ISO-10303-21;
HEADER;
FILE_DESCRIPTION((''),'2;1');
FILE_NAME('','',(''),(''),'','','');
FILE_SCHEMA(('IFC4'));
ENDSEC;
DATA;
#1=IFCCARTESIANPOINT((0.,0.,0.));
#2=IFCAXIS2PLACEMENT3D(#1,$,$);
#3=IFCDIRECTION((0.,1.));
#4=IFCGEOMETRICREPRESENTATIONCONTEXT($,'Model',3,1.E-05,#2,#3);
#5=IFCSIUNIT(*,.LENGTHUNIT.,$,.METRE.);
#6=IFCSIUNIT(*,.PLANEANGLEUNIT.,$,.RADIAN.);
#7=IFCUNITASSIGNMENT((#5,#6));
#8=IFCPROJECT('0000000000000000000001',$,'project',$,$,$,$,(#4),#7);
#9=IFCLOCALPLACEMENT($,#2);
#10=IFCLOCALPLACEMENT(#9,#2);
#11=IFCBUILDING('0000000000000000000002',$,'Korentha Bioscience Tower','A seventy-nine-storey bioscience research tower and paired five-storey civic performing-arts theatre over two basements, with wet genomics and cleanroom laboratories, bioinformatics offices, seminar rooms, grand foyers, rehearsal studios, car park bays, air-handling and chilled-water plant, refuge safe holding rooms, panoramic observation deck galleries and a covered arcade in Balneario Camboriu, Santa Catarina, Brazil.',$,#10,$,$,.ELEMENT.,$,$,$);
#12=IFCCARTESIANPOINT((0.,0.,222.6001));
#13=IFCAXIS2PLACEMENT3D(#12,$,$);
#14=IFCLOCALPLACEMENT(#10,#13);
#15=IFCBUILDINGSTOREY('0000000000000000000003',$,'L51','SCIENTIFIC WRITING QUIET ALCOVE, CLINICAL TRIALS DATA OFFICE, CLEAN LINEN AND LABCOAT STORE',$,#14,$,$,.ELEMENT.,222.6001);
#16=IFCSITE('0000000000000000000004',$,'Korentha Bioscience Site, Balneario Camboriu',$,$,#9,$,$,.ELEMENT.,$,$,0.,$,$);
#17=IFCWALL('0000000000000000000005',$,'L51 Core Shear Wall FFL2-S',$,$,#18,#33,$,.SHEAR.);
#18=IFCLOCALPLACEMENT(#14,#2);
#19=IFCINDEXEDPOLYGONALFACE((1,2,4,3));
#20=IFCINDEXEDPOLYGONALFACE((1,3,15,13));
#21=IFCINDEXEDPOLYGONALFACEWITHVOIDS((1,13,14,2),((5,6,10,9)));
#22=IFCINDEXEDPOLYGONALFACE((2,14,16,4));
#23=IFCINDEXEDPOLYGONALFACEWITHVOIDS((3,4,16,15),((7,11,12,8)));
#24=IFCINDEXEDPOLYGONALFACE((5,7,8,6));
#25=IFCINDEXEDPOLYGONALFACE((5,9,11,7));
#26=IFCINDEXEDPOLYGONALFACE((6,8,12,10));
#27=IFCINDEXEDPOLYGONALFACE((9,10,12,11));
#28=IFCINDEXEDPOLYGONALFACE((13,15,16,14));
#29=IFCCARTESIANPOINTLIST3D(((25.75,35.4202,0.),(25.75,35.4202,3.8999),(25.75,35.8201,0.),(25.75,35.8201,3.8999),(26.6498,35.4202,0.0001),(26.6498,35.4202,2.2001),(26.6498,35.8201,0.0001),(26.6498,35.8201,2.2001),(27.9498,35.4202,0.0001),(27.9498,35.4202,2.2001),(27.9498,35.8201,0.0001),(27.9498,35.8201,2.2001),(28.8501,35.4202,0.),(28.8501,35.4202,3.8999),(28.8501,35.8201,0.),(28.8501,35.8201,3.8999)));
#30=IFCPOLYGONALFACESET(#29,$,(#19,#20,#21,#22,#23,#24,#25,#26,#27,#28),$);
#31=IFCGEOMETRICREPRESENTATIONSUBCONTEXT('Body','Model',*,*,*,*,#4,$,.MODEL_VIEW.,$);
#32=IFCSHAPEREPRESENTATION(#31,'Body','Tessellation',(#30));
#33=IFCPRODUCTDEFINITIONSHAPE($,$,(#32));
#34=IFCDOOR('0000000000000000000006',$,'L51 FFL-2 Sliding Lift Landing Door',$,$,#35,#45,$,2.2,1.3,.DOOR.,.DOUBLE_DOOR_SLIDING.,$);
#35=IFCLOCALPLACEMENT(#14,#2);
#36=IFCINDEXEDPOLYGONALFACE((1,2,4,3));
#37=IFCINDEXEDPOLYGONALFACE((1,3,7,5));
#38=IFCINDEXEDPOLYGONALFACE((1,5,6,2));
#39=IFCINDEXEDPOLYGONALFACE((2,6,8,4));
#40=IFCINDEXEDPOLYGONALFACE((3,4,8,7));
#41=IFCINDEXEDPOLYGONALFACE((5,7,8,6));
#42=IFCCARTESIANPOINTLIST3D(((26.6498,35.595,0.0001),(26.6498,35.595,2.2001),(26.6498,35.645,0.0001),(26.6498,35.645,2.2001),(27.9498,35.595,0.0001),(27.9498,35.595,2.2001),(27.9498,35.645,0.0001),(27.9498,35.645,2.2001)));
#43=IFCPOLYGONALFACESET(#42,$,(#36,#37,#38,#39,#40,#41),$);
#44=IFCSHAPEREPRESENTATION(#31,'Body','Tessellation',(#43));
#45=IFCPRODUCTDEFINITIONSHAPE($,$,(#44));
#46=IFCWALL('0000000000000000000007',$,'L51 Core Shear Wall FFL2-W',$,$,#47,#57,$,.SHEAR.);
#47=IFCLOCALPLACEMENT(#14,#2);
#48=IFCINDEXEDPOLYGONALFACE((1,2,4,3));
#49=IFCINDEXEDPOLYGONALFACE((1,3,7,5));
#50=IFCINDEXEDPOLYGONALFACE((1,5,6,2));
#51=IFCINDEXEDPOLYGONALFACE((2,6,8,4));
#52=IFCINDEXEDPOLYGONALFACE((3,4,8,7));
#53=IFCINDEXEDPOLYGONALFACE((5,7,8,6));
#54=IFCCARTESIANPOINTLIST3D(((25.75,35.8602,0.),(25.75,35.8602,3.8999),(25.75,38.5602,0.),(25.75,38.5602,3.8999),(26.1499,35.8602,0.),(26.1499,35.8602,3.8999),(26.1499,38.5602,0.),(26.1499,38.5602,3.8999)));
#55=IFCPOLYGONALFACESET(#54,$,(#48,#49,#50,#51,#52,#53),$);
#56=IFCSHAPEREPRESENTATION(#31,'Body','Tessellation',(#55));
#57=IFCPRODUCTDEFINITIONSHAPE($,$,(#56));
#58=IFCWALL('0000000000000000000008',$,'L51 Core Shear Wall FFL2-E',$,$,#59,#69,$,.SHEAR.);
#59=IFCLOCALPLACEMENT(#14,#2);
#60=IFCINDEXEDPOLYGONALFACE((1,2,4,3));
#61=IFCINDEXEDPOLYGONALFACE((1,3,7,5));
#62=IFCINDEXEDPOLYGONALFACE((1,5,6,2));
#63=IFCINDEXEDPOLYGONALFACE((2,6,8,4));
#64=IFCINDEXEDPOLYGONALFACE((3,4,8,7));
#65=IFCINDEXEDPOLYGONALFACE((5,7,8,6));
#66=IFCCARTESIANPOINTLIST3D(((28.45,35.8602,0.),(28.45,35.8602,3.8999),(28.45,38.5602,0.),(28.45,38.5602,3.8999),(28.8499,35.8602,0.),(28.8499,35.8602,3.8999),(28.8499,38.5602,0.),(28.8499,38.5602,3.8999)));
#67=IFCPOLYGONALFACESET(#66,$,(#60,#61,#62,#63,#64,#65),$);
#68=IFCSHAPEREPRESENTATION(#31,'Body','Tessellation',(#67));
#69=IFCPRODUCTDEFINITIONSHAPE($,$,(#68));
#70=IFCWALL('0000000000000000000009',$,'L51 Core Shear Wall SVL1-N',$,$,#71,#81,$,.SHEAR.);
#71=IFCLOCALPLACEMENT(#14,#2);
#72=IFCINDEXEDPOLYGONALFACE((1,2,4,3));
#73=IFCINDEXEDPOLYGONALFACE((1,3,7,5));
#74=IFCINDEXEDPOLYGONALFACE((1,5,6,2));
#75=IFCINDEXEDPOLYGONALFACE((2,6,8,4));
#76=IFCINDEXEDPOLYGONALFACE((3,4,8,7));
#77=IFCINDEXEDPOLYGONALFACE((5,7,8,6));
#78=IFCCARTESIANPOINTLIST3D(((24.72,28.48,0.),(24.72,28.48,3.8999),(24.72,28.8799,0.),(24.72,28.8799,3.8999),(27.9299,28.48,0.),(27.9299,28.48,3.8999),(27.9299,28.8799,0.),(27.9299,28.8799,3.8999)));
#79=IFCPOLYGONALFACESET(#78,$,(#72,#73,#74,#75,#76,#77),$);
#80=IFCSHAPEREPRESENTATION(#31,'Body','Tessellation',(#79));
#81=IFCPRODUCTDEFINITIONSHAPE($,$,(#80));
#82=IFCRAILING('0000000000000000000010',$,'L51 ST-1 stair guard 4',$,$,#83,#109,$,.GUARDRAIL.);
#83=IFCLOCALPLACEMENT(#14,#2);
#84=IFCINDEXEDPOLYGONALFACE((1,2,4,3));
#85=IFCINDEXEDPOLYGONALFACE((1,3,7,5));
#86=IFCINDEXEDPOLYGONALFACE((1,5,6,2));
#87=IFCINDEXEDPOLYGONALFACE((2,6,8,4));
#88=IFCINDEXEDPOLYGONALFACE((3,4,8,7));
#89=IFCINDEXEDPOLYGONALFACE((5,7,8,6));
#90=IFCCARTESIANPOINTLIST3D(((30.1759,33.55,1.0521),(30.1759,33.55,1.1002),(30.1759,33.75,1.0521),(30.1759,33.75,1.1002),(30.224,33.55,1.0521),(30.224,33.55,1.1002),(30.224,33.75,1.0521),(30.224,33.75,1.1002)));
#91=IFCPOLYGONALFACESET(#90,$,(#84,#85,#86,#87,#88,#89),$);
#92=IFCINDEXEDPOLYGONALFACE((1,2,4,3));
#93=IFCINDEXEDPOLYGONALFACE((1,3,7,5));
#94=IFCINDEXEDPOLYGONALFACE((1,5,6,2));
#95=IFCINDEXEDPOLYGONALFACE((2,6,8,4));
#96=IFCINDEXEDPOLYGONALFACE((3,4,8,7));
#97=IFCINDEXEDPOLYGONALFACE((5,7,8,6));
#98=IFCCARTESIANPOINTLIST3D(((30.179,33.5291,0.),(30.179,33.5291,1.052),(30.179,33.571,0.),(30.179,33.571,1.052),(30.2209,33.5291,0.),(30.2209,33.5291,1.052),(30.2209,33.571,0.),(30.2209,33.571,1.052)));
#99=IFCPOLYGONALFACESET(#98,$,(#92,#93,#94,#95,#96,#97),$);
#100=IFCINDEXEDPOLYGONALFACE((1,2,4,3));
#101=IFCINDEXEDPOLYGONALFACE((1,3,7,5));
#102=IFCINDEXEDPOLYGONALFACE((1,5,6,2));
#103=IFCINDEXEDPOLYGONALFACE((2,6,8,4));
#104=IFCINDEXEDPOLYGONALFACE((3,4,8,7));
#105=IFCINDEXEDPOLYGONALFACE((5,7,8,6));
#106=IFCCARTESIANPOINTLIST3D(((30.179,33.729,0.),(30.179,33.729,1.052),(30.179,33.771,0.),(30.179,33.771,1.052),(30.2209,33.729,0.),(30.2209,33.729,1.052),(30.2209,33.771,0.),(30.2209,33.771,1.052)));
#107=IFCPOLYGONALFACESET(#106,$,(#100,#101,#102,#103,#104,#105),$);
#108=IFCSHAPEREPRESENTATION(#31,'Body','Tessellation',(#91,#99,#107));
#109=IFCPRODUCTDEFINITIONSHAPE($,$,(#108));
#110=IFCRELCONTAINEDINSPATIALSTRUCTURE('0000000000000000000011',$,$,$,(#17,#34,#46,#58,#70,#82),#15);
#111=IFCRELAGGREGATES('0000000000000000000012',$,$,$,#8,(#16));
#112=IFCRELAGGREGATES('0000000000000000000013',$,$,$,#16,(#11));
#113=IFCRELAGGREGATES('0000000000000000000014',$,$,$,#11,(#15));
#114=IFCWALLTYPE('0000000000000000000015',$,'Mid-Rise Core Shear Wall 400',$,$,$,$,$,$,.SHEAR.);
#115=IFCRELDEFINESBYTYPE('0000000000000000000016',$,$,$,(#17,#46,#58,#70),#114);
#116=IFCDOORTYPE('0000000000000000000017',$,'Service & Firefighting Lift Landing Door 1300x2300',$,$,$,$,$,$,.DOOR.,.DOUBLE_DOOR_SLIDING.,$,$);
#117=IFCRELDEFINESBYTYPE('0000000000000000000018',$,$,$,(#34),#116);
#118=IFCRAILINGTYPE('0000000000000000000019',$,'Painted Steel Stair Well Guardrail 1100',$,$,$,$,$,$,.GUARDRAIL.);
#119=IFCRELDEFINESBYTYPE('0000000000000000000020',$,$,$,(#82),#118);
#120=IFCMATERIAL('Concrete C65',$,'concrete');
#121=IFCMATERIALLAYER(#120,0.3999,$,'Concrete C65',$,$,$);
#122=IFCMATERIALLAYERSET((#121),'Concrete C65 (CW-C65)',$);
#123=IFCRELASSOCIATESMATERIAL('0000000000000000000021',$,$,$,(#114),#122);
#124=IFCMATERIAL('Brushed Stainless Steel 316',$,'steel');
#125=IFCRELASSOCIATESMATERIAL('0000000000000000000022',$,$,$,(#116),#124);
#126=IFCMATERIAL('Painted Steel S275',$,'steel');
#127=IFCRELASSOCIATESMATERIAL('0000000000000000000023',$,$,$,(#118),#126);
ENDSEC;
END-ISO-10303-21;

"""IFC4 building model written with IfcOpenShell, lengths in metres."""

from ifc_helpers import new_model, si_unit, direction, frame, frame_2d, origin, origin_2d, place, context, subcontext, project, spatial, rectangle, extrude, material, layer, layer_set, type_object, element, fill, save


model = new_model("IFC4")

# Units and contexts
model_context = context("Model", 3, precision=1e-05, world=origin(), true_north=direction((0.0, 1.0)))
body_context = subcontext(model_context, "Body", "Model", "MODEL_VIEW")
ifc_project = project(units=[si_unit("LENGTHUNIT", "METRE"), si_unit("PLANEANGLEUNIT", "RADIAN")], contexts=[model_context])

# Site, building, storey
site_placement = place(None, origin())
site = spatial("IfcSite", under=ifc_project, at=site_placement, Name="Korentha Bioscience Site, Balneario Camboriu", CompositionType="ELEMENT", RefElevation=0.0)
building_placement = place(site_placement, origin())
building = spatial("IfcBuilding", under=site, at=building_placement, Name="Korentha Bioscience Tower", Description="A seventy-nine-storey bioscience research tower and paired five-storey civic performing-arts theatre over two basements, with wet genomics and cleanroom laboratories, bioinformatics offices, seminar rooms, grand foyers, rehearsal studios, car park bays, air-handling and chilled-water plant, refuge safe holding rooms, panoramic observation deck galleries and a covered arcade in Balneario Camboriu, Santa Catarina, Brazil.", CompositionType="ELEMENT")
storey_placement = place(building_placement, frame((0.0, 0.0, 222.6001)))
storey = spatial("IfcBuildingStorey", under=building, at=storey_placement, Name="L51", Description="SCIENTIFIC WRITING QUIET ALCOVE, CLINICAL TRIALS DATA OFFICE, CLEAN LINEN AND LABCOAT STORE", CompositionType="ELEMENT", Elevation=222.6001)

# Shared definitions
ifc_material_1 = material(Name="Concrete C65", Category="concrete")

# Shared definitions
ifc_layer_1 = layer(ifc_material_1, 0.3999, Name="Concrete C65")
ifc_layer_set_1 = layer_set([ifc_layer_1], Name="Concrete C65 (CW-C65)")
wall_type_1 = type_object("IfcWallType", Name="Mid-Rise Core Shear Wall 400", PredefinedType="SHEAR", material=ifc_layer_set_1)

# Wall, opening, door
wall_1_placement = place(storey_placement, frame((25.75, 35.6201, 0.0), z_axis=(0.0, 0.0, 1.0), x_axis=(1.0, 0.0, 0.0)))
wall_1 = element("IfcWall", 1, at=wall_1_placement, inside=storey, type_object=wall_type_1, Name="L51 Core Shear Wall FFL2-S", PredefinedType="SHEAR", context=body_context, shape_type="SweptSolid", body=[
    extrude(rectangle(XDim=3.1001, YDim=0.3999, at=frame_2d((1.55, 0.0))), origin(), (0.0, 0.0, 1.0), 3.8999),
])
opening_1_placement = place(wall_1_placement, frame((0.8999, 0.0, 0.0)))
opening_1 = element("IfcOpeningElement", 2, at=opening_1_placement, cuts=wall_1, PredefinedType="OPENING", context=body_context, shape_type="SweptSolid", body=[
    extrude(rectangle(XDim=1.3, YDim=2.2, at=frame_2d((0.6499, 1.1001))), frame((0.0, 0.2148, 0.0), z_axis=(0.0, -1.0, 0.0), x_axis=(1.0, 0.0, 0.0)), (0.0, 0.0, 1.0), 0.4297),
])
ifc_material_2 = material(Name="Brushed Stainless Steel 316", Category="steel")
door_type_1 = type_object("IfcDoorType", Name="Service & Firefighting Lift Landing Door 1300x2300", OperationType="DOUBLE_DOOR_SLIDING", PredefinedType="DOOR", material=ifc_material_2)
door_1_placement = place(opening_1_placement, origin())
door_1 = element("IfcDoor", 3, at=door_1_placement, inside=storey, type_object=door_type_1, Name="L51 FFL-2 Sliding Lift Landing Door", OperationType="DOUBLE_DOOR_SLIDING", OverallHeight=2.2, OverallWidth=1.3, PredefinedType="DOOR", context=body_context, shape_type="SweptSolid", body=[
    extrude(rectangle(XDim=1.3, YDim=2.2, at=frame_2d((0.6499, 1.1001))), frame((0.0, 0.0249, 0.0), z_axis=(0.0, -1.0, 0.0), x_axis=(1.0, 0.0, 0.0)), (0.0, 0.0, 1.0), 0.05),
])
fill(opening_1, door_1)

# Walls
for number, where, z_axis, x_axis, name in (
    (4, (25.95, 35.8601, 0.0), (0.0, 0.0, 1.0), (0.0, 1.0, 0.0), "L51 Core Shear Wall FFL2-W"),
    (5, (28.6499, 35.8601, 0.0), (0.0, 0.0, 1.0), (0.0, 1.0, 0.0), "L51 Core Shear Wall FFL2-E"),
):
    element("IfcWall", number, at=place(storey_placement, frame(where, z_axis=z_axis, x_axis=x_axis)), inside=storey, type_object=wall_type_1, Name=name, PredefinedType="SHEAR", context=body_context, shape_type="SweptSolid", body=[
        extrude(rectangle(XDim=2.7, YDim=0.3999, at=frame_2d((1.3501, 0.0))), origin(), (0.0, 0.0, 1.0), 3.8999),
    ])
wall_2_placement = place(storey_placement, frame((24.72, 28.6799, 0.0), z_axis=(0.0, 0.0, 1.0), x_axis=(1.0, 0.0, 0.0)))
element("IfcWall", 6, at=wall_2_placement, inside=storey, type_object=wall_type_1, Name="L51 Core Shear Wall SVL1-N", PredefinedType="SHEAR", context=body_context, shape_type="SweptSolid", body=[
    extrude(rectangle(XDim=3.21, YDim=0.3999, at=frame_2d((1.605, 0.0))), origin(), (0.0, 0.0, 1.0), 3.8999),
])

# Railing
ifc_material_3 = material(Name="Painted Steel S275", Category="steel")
railing_type = type_object("IfcRailingType", Name="Painted Steel Stair Well Guardrail 1100", PredefinedType="GUARDRAIL", material=ifc_material_3)
railing_placement = place(storey_placement, frame((30.2, 33.55, 0.0)))
element("IfcRailing", 7, at=railing_placement, inside=storey, type_object=railing_type, Name="L51 ST-1 stair guard 4", PredefinedType="GUARDRAIL", context=body_context, shape_type="SweptSolid", body=[
    extrude(rectangle(XDim=0.0481, YDim=0.0481, at=origin_2d()), frame((0.0, 0.0, 1.0762), z_axis=(0.0, 1.0, 0.0), x_axis=(-1.0, 0.0, 0.0)), (0.0, 0.0, 1.0), 0.2),
    extrude(rectangle(XDim=0.042, YDim=0.042, at=origin_2d()), origin(), (0.0, 0.0, 1.0), 1.052),
    extrude(rectangle(XDim=0.042, YDim=0.042, at=origin_2d()), frame((0.0, 0.2, 0.0)), (0.0, 0.0, 1.0), 1.052),
])

save(model, "model.ifc")
